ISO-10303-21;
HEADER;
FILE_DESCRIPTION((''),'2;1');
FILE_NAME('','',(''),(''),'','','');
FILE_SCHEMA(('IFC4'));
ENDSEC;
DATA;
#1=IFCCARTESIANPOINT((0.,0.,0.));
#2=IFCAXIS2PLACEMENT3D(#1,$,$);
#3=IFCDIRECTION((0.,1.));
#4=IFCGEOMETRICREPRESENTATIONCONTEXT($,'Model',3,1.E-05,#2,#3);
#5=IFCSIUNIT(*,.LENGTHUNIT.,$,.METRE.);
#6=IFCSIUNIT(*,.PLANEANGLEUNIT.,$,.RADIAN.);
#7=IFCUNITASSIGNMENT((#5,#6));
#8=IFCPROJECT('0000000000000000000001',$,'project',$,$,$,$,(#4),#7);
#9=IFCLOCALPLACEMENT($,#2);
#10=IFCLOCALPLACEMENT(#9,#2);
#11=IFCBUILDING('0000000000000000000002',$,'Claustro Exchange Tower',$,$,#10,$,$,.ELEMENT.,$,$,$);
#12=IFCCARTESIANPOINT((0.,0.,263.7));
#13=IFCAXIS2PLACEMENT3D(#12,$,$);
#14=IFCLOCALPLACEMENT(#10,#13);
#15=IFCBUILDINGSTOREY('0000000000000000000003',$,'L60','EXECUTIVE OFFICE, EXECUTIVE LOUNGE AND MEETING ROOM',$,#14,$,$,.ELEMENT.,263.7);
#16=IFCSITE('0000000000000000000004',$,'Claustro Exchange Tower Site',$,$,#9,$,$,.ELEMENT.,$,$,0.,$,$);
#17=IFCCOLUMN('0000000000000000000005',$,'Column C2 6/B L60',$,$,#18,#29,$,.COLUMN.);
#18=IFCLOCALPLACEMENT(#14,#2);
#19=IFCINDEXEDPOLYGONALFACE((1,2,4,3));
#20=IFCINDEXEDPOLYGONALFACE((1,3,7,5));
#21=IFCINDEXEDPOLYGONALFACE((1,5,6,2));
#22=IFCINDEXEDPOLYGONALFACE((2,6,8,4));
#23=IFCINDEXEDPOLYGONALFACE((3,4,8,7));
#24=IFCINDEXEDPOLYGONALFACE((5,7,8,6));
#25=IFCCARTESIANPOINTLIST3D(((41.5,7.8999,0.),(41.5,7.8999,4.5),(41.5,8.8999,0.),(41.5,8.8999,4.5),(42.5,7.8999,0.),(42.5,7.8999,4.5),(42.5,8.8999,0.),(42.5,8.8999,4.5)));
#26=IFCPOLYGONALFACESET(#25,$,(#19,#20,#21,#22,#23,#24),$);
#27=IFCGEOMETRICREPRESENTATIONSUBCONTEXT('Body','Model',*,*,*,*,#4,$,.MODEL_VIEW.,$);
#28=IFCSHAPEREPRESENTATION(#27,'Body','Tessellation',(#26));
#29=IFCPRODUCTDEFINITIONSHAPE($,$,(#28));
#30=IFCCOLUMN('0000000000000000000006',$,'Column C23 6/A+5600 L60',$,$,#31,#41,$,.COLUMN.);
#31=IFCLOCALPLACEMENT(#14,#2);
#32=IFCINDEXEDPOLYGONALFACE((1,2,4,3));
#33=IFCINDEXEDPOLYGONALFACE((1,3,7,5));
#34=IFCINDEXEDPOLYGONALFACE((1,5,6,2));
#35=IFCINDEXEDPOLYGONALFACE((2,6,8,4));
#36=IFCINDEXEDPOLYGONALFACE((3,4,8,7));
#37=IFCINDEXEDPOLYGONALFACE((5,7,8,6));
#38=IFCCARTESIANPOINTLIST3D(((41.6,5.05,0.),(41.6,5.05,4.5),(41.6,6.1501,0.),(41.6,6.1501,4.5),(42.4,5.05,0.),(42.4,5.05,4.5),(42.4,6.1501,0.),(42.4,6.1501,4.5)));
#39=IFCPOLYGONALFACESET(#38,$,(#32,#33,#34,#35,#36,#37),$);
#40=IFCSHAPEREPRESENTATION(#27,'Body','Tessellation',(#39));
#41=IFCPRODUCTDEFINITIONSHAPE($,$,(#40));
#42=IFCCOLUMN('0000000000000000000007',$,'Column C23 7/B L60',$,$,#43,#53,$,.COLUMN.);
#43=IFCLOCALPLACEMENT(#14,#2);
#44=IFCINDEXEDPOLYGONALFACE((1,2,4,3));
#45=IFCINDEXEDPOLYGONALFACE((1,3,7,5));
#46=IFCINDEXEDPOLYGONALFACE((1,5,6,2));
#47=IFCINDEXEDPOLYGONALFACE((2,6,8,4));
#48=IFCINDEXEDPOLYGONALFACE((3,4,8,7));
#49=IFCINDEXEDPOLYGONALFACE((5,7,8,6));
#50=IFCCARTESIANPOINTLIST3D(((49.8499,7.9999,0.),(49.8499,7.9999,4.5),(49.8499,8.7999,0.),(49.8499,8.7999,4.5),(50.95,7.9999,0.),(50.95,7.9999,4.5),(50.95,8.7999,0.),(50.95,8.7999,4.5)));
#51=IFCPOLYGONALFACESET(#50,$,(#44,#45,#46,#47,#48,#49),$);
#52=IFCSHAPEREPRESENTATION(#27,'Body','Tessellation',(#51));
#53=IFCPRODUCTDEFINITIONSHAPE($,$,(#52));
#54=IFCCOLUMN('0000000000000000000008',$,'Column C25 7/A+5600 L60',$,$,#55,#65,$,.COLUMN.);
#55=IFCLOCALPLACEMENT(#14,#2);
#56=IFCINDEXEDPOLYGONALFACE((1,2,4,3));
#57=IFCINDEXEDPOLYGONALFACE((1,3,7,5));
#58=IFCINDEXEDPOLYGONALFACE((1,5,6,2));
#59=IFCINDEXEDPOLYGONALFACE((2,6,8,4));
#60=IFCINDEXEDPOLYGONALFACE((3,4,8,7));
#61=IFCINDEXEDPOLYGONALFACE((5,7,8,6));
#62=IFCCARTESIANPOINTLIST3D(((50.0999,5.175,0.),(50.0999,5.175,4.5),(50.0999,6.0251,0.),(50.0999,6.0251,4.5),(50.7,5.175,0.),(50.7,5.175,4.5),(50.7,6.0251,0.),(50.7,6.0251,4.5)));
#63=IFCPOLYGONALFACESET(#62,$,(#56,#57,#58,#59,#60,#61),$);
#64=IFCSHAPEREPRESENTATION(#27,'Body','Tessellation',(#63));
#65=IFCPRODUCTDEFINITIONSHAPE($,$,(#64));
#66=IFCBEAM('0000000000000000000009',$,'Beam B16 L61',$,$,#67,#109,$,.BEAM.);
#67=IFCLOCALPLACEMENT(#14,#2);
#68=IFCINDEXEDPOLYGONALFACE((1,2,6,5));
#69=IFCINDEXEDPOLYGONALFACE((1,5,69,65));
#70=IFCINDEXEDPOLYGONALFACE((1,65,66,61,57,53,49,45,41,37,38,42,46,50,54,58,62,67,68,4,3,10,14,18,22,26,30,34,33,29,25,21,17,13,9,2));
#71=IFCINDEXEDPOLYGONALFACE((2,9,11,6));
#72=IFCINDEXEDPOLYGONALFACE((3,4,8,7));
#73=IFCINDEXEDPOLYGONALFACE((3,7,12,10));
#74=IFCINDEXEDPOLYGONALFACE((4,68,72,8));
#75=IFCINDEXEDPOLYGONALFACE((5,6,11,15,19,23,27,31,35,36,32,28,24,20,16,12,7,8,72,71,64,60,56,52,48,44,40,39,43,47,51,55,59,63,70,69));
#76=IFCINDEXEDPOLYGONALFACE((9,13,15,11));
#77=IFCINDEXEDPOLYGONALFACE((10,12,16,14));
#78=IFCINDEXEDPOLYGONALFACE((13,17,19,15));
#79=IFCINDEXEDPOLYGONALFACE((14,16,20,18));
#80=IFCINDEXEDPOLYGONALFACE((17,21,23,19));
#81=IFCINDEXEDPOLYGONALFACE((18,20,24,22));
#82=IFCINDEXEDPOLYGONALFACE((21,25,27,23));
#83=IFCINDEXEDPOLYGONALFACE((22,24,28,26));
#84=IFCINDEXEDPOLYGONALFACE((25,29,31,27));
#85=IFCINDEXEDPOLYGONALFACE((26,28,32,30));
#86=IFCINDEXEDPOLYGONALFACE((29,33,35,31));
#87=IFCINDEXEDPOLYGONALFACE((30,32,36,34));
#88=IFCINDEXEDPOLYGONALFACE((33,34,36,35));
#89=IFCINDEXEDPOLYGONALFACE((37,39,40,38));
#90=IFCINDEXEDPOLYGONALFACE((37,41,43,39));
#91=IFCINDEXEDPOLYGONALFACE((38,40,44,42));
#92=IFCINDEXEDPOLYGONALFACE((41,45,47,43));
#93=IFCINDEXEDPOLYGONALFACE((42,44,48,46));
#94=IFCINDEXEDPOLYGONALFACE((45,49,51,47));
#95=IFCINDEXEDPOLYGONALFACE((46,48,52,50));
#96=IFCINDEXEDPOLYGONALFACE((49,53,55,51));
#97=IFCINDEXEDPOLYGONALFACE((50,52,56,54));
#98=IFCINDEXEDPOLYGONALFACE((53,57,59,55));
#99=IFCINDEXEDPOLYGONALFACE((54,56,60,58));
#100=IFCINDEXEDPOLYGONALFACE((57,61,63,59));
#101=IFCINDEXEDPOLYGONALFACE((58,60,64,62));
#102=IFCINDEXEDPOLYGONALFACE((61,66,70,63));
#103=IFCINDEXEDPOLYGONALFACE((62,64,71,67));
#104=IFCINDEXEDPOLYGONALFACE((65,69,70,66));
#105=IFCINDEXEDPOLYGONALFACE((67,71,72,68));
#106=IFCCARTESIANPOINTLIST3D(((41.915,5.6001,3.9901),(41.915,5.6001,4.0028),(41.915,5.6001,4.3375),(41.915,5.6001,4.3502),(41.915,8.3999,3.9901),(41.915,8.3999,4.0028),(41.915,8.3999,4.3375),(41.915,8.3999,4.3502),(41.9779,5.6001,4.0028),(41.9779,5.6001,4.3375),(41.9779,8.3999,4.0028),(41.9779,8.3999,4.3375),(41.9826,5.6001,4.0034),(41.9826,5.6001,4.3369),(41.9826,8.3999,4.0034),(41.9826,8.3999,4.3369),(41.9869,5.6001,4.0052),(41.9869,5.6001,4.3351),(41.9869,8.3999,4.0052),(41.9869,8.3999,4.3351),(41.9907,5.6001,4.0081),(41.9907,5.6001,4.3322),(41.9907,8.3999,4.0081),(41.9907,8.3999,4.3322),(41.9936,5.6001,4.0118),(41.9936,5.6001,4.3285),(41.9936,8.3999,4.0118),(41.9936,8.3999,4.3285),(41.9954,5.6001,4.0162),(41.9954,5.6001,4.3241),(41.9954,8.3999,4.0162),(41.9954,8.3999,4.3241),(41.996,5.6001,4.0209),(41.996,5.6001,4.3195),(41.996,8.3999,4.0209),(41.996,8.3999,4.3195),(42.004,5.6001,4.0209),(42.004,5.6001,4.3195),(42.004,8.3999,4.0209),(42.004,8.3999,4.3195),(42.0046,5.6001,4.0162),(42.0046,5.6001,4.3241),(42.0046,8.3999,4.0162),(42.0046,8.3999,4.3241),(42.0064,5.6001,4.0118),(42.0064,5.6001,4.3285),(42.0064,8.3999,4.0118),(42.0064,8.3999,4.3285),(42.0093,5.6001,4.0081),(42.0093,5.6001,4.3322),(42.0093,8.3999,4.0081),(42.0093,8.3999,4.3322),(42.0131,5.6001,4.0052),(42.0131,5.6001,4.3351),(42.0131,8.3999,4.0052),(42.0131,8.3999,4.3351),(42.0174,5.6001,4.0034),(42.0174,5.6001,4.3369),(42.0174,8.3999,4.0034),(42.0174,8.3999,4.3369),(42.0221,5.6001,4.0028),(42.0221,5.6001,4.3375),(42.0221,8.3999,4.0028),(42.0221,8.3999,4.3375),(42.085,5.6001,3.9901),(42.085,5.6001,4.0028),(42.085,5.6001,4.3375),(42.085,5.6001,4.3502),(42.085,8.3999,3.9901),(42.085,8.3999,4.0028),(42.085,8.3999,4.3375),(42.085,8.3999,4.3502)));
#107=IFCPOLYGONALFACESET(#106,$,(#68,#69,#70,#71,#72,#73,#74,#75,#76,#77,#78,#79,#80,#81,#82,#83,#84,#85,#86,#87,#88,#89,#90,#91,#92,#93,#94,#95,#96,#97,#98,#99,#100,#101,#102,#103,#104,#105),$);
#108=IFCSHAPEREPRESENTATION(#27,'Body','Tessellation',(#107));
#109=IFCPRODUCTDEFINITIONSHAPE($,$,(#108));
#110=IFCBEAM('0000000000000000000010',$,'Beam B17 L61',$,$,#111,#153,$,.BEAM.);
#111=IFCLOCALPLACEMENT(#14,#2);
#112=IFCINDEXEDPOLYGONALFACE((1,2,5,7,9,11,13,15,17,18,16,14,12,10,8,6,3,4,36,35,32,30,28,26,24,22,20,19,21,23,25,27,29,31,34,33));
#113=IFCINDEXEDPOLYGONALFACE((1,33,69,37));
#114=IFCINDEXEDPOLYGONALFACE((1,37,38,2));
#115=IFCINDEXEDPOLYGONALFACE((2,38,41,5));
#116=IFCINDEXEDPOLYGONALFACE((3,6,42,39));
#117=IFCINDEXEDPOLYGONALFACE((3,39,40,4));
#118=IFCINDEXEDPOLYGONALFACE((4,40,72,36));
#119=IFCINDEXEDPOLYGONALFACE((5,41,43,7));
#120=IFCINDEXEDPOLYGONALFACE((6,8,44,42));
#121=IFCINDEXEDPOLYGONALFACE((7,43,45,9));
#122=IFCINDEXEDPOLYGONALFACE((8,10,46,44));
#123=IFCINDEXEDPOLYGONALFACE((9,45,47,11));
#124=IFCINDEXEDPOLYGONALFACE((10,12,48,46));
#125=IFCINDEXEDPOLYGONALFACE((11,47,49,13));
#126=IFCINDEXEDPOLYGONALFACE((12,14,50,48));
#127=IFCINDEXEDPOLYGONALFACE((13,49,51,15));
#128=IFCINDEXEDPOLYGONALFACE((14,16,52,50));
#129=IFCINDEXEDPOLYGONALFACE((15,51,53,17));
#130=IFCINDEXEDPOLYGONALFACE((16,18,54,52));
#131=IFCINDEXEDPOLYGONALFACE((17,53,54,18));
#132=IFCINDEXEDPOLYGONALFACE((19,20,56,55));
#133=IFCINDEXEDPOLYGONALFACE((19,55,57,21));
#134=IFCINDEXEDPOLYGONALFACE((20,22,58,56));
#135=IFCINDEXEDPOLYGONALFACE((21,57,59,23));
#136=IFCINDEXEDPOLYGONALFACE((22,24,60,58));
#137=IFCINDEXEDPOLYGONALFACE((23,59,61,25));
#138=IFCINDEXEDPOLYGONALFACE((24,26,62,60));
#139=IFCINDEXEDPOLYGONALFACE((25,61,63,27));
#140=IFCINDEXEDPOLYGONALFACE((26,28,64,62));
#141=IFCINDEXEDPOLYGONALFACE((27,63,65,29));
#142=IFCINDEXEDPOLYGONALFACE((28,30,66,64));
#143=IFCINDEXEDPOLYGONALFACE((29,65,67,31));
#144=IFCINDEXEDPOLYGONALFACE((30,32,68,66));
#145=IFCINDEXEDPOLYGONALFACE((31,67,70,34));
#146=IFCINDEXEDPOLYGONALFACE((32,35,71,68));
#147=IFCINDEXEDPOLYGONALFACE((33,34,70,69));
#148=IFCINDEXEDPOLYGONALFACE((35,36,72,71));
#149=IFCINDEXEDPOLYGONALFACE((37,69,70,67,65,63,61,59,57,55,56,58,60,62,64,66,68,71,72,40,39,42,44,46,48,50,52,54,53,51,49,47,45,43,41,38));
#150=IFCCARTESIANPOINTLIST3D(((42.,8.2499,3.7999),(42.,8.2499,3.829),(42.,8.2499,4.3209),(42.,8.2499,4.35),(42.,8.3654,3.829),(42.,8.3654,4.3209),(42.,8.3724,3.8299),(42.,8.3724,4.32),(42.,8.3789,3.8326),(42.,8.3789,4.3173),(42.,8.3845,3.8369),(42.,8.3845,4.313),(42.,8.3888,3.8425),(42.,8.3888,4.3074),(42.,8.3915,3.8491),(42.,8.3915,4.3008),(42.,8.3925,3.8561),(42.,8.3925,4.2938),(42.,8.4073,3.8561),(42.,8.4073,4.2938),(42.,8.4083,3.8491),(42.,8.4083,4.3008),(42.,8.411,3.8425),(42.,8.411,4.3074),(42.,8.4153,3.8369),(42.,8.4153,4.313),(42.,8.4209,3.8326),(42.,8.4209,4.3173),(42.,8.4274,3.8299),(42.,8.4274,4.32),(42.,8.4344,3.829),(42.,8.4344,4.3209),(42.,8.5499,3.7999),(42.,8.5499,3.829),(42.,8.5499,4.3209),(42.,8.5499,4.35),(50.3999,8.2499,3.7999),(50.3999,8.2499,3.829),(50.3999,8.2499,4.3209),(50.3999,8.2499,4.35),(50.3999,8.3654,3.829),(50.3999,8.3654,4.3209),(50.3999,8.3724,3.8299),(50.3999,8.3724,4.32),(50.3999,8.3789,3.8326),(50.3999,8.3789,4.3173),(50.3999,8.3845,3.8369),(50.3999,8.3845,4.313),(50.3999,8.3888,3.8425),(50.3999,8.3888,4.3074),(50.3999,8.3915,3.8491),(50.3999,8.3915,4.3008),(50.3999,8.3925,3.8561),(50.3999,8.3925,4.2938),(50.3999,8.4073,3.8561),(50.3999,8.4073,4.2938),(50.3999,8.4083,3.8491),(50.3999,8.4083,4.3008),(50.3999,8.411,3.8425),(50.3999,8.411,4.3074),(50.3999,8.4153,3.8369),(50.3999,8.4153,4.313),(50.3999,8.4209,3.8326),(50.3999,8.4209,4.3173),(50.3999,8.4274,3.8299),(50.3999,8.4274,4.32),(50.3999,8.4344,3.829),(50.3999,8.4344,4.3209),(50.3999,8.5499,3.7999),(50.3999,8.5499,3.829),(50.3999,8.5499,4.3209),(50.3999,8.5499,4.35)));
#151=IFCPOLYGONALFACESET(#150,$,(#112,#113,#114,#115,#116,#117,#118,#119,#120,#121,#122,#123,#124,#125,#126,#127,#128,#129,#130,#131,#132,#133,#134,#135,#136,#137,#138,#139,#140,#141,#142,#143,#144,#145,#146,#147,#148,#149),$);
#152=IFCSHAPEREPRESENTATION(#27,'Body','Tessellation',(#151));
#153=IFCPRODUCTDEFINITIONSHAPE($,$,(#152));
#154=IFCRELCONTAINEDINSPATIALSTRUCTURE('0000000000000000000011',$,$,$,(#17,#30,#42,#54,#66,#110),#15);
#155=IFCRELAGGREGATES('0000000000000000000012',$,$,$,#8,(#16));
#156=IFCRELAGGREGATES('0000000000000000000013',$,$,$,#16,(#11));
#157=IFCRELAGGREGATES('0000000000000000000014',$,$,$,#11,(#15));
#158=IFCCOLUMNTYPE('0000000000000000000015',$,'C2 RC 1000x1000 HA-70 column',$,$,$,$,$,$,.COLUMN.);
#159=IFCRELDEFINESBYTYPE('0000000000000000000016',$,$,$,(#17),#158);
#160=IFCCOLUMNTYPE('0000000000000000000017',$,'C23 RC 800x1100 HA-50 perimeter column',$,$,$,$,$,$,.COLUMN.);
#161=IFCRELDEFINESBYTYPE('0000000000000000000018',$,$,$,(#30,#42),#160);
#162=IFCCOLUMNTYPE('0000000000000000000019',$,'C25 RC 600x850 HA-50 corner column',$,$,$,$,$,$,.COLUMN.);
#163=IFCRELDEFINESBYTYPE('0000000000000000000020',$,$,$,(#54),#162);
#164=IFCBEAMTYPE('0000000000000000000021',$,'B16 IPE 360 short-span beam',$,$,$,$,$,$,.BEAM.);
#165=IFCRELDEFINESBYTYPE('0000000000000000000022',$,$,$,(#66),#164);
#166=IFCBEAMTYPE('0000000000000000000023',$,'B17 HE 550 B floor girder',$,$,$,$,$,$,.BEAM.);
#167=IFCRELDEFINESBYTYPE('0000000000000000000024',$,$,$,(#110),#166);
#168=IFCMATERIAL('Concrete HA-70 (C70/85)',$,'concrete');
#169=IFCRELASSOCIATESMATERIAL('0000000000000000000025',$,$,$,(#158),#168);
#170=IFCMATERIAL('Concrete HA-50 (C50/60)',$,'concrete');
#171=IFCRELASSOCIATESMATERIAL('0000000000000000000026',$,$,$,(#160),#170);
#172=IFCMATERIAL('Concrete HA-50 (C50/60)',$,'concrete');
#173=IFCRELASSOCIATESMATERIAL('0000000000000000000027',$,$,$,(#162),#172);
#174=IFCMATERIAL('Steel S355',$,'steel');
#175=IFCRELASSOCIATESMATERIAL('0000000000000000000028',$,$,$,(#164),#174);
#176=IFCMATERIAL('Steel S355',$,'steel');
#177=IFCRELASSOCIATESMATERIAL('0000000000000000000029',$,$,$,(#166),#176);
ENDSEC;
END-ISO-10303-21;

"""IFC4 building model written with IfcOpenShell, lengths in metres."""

from ifc_helpers import new_model, si_unit, direction, frame, origin, origin_2d, place, context, subcontext, project, spatial, rectangle, i_section, extrude, material, material_profile, profile_set, type_object, element, save


model = new_model("IFC4")

# Units and contexts
model_context = context("Model", 3, precision=1e-05, world=origin(), true_north=direction((0.0, 1.0)))
body_context = subcontext(model_context, "Body", "Model", "MODEL_VIEW")
ifc_project = project(units=[si_unit("LENGTHUNIT", "METRE"), si_unit("PLANEANGLEUNIT", "RADIAN")], contexts=[model_context])

# Site, building, storey
site_placement = place(None, origin())
site = spatial("IfcSite", under=ifc_project, at=site_placement, Name="Claustro Exchange Tower Site", CompositionType="ELEMENT", RefElevation=0.0)
building_placement = place(site_placement, origin())
building = spatial("IfcBuilding", under=site, at=building_placement, Name="Claustro Exchange Tower", CompositionType="ELEMENT")
storey_placement = place(building_placement, frame((0.0, 0.0, 263.7)))
storey = spatial("IfcBuildingStorey", under=building, at=storey_placement, Name="L60", Description="EXECUTIVE OFFICE, EXECUTIVE LOUNGE AND MEETING ROOM", CompositionType="ELEMENT", Elevation=263.7)

# Columns
ifc_material_1 = material(Name="Concrete HA-70 (C70/85)", Category="concrete")
ifc_material_profile_1 = material_profile(ifc_material_1, rectangle(XDim=1.0, YDim=1.0, at=origin_2d()), Name="RC 1000x1000")
ifc_profile_set_1 = profile_set([ifc_material_profile_1], Name="Concrete HA-70 (C70/85)")
column_type_1 = type_object("IfcColumnType", Name="C2 RC 1000x1000 HA-70 column", PredefinedType="COLUMN", material=ifc_profile_set_1)
column_1_placement = place(storey_placement, frame((42.0, 8.3999, 0.0), z_axis=(0.0, 0.0, 1.0), x_axis=(1.0, 0.0, 0.0)))
element("IfcColumn", 1, at=column_1_placement, inside=storey, type_object=column_type_1, Name="Column C2 6/B L60", PredefinedType="COLUMN", context=body_context, shape_type="SweptSolid", body=[
    extrude(rectangle(XDim=1.0, YDim=1.0, at=origin_2d()), origin(), (0.0, 0.0, 1.0), 4.5),
])
ifc_material_2 = material(Name="Concrete HA-50 (C50/60)", Category="concrete")
ifc_material_profile_2 = material_profile(ifc_material_2, rectangle(XDim=0.8, YDim=1.1001, at=origin_2d()), Name="RC 800x1100")
ifc_profile_set_2 = profile_set([ifc_material_profile_2], Name="Concrete HA-50 (C50/60)")
column_type_2 = type_object("IfcColumnType", Name="C23 RC 800x1100 HA-50 perimeter column", PredefinedType="COLUMN", material=ifc_profile_set_2)
for number, where, z_axis, x_axis, name in (
    (2, (42.0, 5.6001, 0.0), (0.0, 0.0, 1.0), (1.0, 0.0, 0.0), "Column C23 6/A+5600 L60"),
    (3, (50.3999, 8.3999, 0.0), (0.0, 0.0, 1.0), (0.0, 1.0, 0.0), "Column C23 7/B L60"),
):
    element("IfcColumn", number, at=place(storey_placement, frame(where, z_axis=z_axis, x_axis=x_axis)), inside=storey, type_object=column_type_2, Name=name, PredefinedType="COLUMN", context=body_context, shape_type="SweptSolid", body=[
        extrude(rectangle(XDim=0.8, YDim=1.1001, at=origin_2d()), origin(), (0.0, 0.0, 1.0), 4.5),
    ])
ifc_material_3 = material(Name="Concrete HA-50 (C50/60)", Category="concrete")
ifc_material_profile_3 = material_profile(ifc_material_3, rectangle(XDim=0.6001, YDim=0.8501, at=origin_2d()), Name="RC 600x850")
ifc_profile_set_3 = profile_set([ifc_material_profile_3], Name="Concrete HA-50 (C50/60)")
column_type_3 = type_object("IfcColumnType", Name="C25 RC 600x850 HA-50 corner column", PredefinedType="COLUMN", material=ifc_profile_set_3)
column_2_placement = place(storey_placement, frame((50.3999, 5.6001, 0.0), z_axis=(0.0, 0.0, 1.0), x_axis=(1.0, 0.0, 0.0)))
element("IfcColumn", 4, at=column_2_placement, inside=storey, type_object=column_type_3, Name="Column C25 7/A+5600 L60", PredefinedType="COLUMN", context=body_context, shape_type="SweptSolid", body=[
    extrude(rectangle(XDim=0.6001, YDim=0.8501, at=origin_2d()), origin(), (0.0, 0.0, 1.0), 4.5),
])

# Beams
ifc_material_4 = material(Name="Steel S355", Category="steel")
ifc_material_profile_4 = material_profile(ifc_material_4, i_section(OverallWidth=0.1699, OverallDepth=0.3601, WebThickness=0.0081, FlangeThickness=0.0127, FilletRadius=0.0181, at=origin_2d()), Name="IPE 360")
ifc_profile_set_4 = profile_set([ifc_material_profile_4], Name="Steel S355")
beam_type_1 = type_object("IfcBeamType", Name="B16 IPE 360 short-span beam", PredefinedType="BEAM", material=ifc_profile_set_4)
beam_1_placement = place(storey_placement, frame((42.0, 5.6001, 4.1702), z_axis=(0.0, 1.0, 0.0), x_axis=(-1.0, 0.0, 0.0)))
element("IfcBeam", 5, at=beam_1_placement, inside=storey, type_object=beam_type_1, Name="Beam B16 L61", PredefinedType="BEAM", context=body_context, shape_type="SweptSolid", body=[
    extrude(i_section(OverallWidth=0.1699, OverallDepth=0.3601, WebThickness=0.0081, FlangeThickness=0.0127, FilletRadius=0.0181, at=origin_2d()), origin(), (0.0, 0.0, 1.0), 2.7998),
])
ifc_material_5 = material(Name="Steel S355", Category="steel")
ifc_material_profile_5 = material_profile(ifc_material_5, i_section(OverallWidth=0.3, OverallDepth=0.55, WebThickness=0.0149, FlangeThickness=0.0291, FilletRadius=0.0271, at=origin_2d()), Name="HE 550 B")
ifc_profile_set_5 = profile_set([ifc_material_profile_5], Name="Steel S355")
beam_type_2 = type_object("IfcBeamType", Name="B17 HE 550 B floor girder", PredefinedType="BEAM", material=ifc_profile_set_5)
beam_2_placement = place(storey_placement, frame((42.0, 8.3999, 4.075), z_axis=(1.0, 0.0, 0.0), x_axis=(0.0, 1.0, 0.0)))
element("IfcBeam", 6, at=beam_2_placement, inside=storey, type_object=beam_type_2, Name="Beam B17 L61", PredefinedType="BEAM", context=body_context, shape_type="SweptSolid", body=[
    extrude(i_section(OverallWidth=0.3, OverallDepth=0.55, WebThickness=0.0149, FlangeThickness=0.0291, FilletRadius=0.0271, at=origin_2d()), origin(), (0.0, 0.0, 1.0), 8.3999),
])

save(model, "model.ifc")
